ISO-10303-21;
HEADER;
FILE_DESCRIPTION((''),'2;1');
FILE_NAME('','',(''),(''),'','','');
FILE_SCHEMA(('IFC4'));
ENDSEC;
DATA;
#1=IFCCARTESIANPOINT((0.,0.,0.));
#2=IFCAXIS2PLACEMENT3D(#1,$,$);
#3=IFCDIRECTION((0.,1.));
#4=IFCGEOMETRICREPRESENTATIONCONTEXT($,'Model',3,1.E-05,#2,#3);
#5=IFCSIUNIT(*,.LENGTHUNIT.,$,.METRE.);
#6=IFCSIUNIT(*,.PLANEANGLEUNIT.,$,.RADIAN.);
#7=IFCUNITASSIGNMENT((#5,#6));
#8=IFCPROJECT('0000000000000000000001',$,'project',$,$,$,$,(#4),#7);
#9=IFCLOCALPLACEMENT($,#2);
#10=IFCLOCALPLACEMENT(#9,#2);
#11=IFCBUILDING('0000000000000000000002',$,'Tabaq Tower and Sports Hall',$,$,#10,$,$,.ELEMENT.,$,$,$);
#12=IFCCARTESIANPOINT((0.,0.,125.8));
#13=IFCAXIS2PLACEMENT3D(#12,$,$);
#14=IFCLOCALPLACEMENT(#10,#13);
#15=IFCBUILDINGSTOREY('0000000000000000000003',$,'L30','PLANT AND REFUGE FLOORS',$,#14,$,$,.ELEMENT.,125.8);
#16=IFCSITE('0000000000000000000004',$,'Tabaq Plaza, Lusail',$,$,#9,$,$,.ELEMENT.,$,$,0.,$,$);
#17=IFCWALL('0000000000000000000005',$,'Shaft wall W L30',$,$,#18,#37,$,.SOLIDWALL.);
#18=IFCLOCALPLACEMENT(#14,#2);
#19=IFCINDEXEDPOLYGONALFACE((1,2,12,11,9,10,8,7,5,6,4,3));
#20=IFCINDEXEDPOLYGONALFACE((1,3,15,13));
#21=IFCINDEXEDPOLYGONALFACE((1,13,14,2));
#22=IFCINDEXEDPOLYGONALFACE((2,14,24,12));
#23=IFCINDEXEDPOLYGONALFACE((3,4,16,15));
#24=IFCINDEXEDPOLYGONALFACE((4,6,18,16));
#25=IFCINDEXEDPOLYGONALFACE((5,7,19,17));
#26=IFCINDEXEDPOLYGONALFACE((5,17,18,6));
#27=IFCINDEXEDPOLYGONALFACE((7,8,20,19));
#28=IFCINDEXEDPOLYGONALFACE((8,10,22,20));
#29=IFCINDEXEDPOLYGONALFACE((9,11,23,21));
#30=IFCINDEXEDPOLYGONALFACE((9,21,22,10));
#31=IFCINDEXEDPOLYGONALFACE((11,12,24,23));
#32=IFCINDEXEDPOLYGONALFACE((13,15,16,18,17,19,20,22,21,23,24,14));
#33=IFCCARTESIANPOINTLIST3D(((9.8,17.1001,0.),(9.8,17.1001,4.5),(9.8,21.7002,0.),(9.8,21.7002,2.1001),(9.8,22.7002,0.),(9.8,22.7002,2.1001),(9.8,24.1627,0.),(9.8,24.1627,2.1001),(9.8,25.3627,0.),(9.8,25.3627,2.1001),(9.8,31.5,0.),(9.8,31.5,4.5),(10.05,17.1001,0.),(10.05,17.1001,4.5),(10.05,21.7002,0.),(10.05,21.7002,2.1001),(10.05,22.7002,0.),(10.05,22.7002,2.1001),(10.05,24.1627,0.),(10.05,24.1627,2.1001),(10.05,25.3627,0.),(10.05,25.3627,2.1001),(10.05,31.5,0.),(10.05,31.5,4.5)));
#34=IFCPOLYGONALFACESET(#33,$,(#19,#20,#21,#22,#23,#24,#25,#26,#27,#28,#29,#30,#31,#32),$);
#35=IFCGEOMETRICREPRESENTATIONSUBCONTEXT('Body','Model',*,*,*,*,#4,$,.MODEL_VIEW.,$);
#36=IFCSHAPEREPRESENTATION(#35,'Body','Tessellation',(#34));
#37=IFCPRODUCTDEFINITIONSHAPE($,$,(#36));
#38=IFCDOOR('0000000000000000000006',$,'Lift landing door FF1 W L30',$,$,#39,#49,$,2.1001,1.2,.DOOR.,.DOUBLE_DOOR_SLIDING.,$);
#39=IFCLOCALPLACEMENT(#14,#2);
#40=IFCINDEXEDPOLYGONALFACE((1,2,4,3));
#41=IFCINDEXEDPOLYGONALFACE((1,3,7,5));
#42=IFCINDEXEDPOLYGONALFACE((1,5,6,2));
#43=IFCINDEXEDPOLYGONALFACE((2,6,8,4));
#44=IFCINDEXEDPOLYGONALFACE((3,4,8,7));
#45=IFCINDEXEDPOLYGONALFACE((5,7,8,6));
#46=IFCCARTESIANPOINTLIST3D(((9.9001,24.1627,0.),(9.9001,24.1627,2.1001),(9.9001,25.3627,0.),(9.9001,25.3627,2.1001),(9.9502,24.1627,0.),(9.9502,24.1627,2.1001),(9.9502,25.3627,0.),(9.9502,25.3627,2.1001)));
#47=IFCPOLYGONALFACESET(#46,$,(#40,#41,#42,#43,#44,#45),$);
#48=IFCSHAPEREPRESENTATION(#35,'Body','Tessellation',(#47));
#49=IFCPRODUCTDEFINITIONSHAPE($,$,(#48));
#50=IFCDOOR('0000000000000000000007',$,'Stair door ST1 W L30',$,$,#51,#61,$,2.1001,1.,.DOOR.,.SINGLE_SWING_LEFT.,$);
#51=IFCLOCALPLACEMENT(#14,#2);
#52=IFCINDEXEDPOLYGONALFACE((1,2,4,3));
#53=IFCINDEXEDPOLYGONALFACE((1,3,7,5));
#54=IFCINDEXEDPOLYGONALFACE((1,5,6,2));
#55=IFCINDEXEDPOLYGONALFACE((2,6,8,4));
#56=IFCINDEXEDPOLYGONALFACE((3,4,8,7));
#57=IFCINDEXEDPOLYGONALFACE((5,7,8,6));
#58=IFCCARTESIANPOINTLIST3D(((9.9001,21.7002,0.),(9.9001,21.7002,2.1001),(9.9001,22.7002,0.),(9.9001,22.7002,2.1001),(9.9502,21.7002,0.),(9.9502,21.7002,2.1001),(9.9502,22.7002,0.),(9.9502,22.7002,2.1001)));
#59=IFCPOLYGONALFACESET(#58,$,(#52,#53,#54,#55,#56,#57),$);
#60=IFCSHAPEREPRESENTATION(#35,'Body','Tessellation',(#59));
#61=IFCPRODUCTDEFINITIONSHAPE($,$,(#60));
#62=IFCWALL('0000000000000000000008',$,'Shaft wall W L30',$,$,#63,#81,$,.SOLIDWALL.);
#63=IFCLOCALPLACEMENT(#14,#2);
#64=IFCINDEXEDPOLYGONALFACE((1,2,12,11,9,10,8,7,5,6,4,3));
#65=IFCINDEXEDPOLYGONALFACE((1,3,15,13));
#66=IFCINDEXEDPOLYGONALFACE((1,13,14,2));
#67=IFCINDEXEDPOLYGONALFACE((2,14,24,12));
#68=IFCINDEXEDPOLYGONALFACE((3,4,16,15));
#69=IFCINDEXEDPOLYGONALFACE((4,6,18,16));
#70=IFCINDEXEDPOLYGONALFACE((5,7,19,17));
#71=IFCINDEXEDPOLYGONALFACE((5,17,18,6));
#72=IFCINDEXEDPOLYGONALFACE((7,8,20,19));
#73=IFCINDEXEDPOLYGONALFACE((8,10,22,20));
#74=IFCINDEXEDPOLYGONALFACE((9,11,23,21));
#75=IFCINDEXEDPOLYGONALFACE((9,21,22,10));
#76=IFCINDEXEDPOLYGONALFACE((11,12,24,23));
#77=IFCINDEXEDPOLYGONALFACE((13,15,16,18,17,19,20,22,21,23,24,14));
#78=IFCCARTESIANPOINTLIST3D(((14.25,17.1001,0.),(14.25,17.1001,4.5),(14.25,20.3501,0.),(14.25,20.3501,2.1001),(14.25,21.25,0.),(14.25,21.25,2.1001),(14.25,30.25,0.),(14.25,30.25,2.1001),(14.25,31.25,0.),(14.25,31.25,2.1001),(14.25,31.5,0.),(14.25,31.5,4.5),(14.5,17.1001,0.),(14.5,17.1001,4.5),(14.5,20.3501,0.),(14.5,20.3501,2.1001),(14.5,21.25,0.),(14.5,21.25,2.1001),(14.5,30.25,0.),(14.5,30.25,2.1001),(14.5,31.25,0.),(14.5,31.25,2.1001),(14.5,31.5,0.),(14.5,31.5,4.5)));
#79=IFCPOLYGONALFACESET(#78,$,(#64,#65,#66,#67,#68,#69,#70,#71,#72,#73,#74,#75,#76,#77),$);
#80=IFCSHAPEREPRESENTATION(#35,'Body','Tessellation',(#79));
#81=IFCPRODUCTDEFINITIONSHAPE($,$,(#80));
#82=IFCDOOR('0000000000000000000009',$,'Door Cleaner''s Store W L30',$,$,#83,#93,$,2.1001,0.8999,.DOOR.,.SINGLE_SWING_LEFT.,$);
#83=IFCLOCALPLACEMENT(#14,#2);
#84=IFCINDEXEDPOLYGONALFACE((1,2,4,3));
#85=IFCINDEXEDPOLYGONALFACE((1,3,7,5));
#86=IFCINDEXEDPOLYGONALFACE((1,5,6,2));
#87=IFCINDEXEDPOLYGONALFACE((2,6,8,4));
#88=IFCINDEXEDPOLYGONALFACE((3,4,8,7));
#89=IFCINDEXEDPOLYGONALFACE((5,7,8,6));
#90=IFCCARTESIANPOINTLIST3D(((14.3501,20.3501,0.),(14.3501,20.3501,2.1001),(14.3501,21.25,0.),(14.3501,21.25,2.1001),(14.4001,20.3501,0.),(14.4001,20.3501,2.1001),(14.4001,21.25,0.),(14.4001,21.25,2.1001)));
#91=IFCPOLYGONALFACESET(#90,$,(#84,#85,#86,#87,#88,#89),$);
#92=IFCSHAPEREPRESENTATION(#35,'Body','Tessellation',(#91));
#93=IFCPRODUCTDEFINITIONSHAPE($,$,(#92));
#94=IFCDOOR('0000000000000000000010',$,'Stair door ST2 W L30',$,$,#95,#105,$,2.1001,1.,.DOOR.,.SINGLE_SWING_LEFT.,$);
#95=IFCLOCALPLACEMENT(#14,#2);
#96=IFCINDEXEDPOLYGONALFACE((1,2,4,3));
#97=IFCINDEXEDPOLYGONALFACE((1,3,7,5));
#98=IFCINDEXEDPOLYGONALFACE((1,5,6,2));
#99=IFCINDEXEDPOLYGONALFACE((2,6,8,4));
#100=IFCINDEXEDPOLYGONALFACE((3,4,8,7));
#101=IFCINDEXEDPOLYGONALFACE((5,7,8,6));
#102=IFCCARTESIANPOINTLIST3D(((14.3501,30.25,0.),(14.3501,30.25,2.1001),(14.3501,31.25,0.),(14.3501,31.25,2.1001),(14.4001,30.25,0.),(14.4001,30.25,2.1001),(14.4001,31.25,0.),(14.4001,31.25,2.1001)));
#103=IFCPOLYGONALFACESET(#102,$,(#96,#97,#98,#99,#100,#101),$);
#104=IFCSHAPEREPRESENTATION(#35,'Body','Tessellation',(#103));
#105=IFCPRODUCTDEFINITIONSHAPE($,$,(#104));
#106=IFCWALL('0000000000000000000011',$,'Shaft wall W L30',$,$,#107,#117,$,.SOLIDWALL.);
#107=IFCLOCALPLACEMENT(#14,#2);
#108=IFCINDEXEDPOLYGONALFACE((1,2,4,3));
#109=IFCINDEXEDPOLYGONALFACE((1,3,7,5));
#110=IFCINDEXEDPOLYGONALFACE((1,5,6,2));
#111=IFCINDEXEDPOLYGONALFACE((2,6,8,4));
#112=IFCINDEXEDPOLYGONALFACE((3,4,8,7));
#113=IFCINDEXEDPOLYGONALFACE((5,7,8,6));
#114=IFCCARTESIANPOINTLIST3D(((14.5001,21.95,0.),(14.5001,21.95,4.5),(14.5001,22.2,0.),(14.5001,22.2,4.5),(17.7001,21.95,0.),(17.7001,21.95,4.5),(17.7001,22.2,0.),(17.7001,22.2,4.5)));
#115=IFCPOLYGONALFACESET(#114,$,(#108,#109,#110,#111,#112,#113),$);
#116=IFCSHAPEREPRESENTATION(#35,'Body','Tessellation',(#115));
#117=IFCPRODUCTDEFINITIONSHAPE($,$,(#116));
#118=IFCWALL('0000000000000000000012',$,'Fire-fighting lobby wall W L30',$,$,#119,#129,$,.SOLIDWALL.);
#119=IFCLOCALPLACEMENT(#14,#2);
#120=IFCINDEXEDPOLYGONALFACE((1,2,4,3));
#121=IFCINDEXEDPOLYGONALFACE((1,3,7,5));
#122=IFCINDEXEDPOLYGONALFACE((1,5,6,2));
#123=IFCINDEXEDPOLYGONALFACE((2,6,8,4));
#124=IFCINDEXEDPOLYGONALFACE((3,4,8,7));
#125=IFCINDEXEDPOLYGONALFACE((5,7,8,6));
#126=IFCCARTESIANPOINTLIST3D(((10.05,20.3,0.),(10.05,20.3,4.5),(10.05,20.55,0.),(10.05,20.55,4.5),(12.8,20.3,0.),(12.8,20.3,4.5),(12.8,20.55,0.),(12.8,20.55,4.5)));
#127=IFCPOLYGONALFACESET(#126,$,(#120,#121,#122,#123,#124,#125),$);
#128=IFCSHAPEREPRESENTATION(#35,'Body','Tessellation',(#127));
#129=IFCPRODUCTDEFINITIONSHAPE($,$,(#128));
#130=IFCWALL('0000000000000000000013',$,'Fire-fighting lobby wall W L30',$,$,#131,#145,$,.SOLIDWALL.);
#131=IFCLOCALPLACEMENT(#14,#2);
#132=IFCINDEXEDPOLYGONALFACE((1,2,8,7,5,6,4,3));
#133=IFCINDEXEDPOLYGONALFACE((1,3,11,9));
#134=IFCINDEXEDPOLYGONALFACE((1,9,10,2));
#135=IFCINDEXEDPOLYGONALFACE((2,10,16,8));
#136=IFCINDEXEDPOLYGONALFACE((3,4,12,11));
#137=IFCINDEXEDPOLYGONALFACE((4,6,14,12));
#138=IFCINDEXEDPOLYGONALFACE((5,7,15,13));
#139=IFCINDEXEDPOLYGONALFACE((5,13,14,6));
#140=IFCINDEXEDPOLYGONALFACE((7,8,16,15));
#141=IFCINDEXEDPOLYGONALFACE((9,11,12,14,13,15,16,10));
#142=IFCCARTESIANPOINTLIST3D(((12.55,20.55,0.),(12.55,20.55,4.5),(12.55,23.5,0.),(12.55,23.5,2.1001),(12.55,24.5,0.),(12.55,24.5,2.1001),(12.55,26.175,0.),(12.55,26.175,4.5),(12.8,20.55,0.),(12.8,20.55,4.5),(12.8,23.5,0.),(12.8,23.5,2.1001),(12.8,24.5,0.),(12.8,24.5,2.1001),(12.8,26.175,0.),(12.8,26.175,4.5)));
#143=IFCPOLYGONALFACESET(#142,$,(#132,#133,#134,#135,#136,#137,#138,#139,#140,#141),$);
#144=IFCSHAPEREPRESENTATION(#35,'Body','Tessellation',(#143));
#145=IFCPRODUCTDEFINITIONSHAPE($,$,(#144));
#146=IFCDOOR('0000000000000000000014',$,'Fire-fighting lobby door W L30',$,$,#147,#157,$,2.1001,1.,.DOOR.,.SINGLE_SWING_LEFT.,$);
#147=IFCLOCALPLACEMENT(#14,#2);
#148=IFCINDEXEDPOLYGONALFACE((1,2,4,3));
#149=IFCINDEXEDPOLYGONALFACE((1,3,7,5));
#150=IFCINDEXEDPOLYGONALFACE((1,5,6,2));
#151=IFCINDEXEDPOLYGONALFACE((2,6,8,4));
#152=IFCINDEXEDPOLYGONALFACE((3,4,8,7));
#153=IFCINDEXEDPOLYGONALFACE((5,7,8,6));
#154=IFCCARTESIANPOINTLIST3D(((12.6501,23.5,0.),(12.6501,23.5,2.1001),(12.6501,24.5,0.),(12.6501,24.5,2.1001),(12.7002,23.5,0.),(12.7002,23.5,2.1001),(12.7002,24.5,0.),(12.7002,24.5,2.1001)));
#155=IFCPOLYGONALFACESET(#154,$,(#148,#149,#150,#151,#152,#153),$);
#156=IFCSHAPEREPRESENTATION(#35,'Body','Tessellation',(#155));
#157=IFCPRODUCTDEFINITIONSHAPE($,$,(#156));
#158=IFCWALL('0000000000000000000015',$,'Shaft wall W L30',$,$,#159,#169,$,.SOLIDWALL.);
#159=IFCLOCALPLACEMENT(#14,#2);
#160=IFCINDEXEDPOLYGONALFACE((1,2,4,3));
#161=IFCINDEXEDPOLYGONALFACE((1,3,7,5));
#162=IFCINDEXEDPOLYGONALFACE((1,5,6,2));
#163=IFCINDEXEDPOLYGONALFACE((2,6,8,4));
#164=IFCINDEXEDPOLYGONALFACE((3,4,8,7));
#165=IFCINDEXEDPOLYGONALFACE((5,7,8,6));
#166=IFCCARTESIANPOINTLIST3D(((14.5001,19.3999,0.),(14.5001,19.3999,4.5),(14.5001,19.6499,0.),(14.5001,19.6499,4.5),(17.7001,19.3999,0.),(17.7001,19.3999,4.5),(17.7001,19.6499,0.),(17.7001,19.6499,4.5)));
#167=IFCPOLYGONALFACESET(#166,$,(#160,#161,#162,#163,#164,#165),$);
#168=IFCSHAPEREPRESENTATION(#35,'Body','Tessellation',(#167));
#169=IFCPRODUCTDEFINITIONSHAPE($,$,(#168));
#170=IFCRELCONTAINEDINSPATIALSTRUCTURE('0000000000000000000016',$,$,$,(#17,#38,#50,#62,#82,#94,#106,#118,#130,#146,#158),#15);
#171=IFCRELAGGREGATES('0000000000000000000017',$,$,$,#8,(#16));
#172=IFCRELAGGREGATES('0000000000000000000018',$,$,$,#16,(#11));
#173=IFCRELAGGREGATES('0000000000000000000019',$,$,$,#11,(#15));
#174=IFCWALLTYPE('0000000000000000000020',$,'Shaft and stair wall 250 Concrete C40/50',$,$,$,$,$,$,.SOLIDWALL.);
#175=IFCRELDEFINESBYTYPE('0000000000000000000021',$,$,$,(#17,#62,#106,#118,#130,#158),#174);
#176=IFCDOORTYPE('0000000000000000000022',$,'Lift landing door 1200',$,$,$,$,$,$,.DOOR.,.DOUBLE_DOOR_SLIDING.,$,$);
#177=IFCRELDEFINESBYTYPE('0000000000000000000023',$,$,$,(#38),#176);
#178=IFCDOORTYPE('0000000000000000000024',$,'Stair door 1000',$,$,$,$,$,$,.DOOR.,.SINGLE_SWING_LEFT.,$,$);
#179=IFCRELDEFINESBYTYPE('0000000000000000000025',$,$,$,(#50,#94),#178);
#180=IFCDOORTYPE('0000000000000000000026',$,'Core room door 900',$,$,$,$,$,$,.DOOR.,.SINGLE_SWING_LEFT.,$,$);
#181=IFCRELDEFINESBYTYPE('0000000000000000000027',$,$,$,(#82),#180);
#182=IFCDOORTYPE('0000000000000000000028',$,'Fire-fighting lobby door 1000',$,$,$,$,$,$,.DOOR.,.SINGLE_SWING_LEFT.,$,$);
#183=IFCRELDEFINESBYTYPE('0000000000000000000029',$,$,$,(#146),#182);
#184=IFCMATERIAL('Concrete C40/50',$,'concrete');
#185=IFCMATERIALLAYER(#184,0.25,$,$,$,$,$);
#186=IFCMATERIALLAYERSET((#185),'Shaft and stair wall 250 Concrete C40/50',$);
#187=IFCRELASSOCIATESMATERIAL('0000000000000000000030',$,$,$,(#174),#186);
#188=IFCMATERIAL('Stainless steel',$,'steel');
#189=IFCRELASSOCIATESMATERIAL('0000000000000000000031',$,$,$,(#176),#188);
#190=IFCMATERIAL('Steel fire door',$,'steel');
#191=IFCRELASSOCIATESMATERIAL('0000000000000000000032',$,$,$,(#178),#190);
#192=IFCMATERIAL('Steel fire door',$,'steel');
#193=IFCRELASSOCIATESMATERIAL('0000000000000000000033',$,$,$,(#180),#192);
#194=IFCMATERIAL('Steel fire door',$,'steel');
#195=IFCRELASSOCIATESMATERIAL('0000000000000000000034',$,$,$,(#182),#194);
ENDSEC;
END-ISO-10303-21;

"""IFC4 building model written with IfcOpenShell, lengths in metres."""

from ifc_helpers import new_model, si_unit, direction, frame, frame_2d, origin, place, context, subcontext, project, spatial, rectangle, extrude, material, layer, layer_set, type_object, element, fill, save


model = new_model("IFC4")

# Units and contexts
model_context = context("Model", 3, precision=1e-05, world=origin(), true_north=direction((0.0, 1.0)))
body_context = subcontext(model_context, "Body", "Model", "MODEL_VIEW")
ifc_project = project(units=[si_unit("LENGTHUNIT", "METRE"), si_unit("PLANEANGLEUNIT", "RADIAN")], contexts=[model_context])

# Site, building, storey
site_placement = place(None, origin())
site = spatial("IfcSite", under=ifc_project, at=site_placement, Name="Tabaq Plaza, Lusail", CompositionType="ELEMENT", RefElevation=0.0)
building_placement = place(site_placement, origin())
building = spatial("IfcBuilding", under=site, at=building_placement, Name="Tabaq Tower and Sports Hall", CompositionType="ELEMENT")
storey_placement = place(building_placement, frame((0.0, 0.0, 125.8)))
storey = spatial("IfcBuildingStorey", under=building, at=storey_placement, Name="L30", Description="PLANT AND REFUGE FLOORS", CompositionType="ELEMENT", Elevation=125.8)

# Walls, openings, doors
ifc_material_1 = material(Name="Concrete C40/50", Category="concrete")
ifc_layer_1 = layer(ifc_material_1, 0.25)
ifc_layer_set_1 = layer_set([ifc_layer_1], Name="Shaft and stair wall 250 Concrete C40/50")
wall_type_1 = type_object("IfcWallType", Name="Shaft and stair wall 250 Concrete C40/50", PredefinedType="SOLIDWALL", material=ifc_layer_set_1)
wall_1_placement = place(storey_placement, frame((9.925, 17.1001, 0.0), z_axis=(0.0, 0.0, 1.0), x_axis=(0.0, 1.0, 0.0)))
wall_1 = element("IfcWall", 1, at=wall_1_placement, inside=storey, type_object=wall_type_1, Name="Shaft wall W L30", PredefinedType="SOLIDWALL", context=body_context, shape_type="SweptSolid", body=[
    extrude(rectangle(XDim=14.3999, YDim=0.25, at=frame_2d((7.2, 0.0))), origin(), (0.0, 0.0, 1.0), 4.5),
])
opening_1_placement = place(wall_1_placement, frame((4.6001, 0.0, 0.0)))
opening_1 = element("IfcOpeningElement", 2, at=opening_1_placement, cuts=wall_1, PredefinedType="OPENING", context=body_context, shape_type="SweptSolid", body=[
    extrude(rectangle(XDim=1.0, YDim=2.1001, at=frame_2d((0.5, 1.05))), frame((0.0, 0.125, 0.0), z_axis=(0.0, -1.0, 0.0), x_axis=(1.0, 0.0, 0.0)), (0.0, 0.0, 1.0), 0.25),
])
opening_2_placement = place(wall_1_placement, frame((7.0625, 0.0, 0.0)))
opening_2 = element("IfcOpeningElement", 3, at=opening_2_placement, cuts=wall_1, PredefinedType="OPENING", context=body_context, shape_type="SweptSolid", body=[
    extrude(rectangle(XDim=1.2, YDim=2.1001, at=frame_2d((0.6001, 1.05))), frame((0.0, 0.125, 0.0), z_axis=(0.0, -1.0, 0.0), x_axis=(1.0, 0.0, 0.0)), (0.0, 0.0, 1.0), 0.25),
])
ifc_material_2 = material(Name="Stainless steel", Category="steel")
door_type_1 = type_object("IfcDoorType", Name="Lift landing door 1200", OperationType="DOUBLE_DOOR_SLIDING", PredefinedType="DOOR", material=ifc_material_2)
door_1_placement = place(opening_2_placement, origin())
door_1 = element("IfcDoor", 4, at=door_1_placement, inside=storey, type_object=door_type_1, Name="Lift landing door FF1 W L30", OperationType="DOUBLE_DOOR_SLIDING", OverallHeight=2.1001, OverallWidth=1.2, PredefinedType="DOOR", context=body_context, shape_type="SweptSolid", body=[
    extrude(rectangle(XDim=1.2, YDim=2.1001, at=frame_2d((0.6001, 1.05))), frame((0.0, 0.0249, 0.0), z_axis=(0.0, -1.0, 0.0), x_axis=(1.0, 0.0, 0.0)), (0.0, 0.0, 1.0), 0.05),
])
fill(opening_2, door_1)
ifc_material_3 = material(Name="Steel fire door", Category="steel")
door_type_2 = type_object("IfcDoorType", Name="Stair door 1000", OperationType="SINGLE_SWING_LEFT", PredefinedType="DOOR", material=ifc_material_3)
door_2_placement = place(opening_1_placement, origin())
door_2 = element("IfcDoor", 5, at=door_2_placement, inside=storey, type_object=door_type_2, Name="Stair door ST1 W L30", OperationType="SINGLE_SWING_LEFT", OverallHeight=2.1001, OverallWidth=1.0, PredefinedType="DOOR", context=body_context, shape_type="SweptSolid", body=[
    extrude(rectangle(XDim=1.0, YDim=2.1001, at=frame_2d((0.5, 1.05))), frame((0.0, 0.0249, 0.0), z_axis=(0.0, -1.0, 0.0), x_axis=(1.0, 0.0, 0.0)), (0.0, 0.0, 1.0), 0.05),
])
fill(opening_1, door_2)
wall_2_placement = place(storey_placement, frame((14.375, 17.1001, 0.0), z_axis=(0.0, 0.0, 1.0), x_axis=(0.0, 1.0, 0.0)))
wall_2 = element("IfcWall", 6, at=wall_2_placement, inside=storey, type_object=wall_type_1, Name="Shaft wall W L30", PredefinedType="SOLIDWALL", context=body_context, shape_type="SweptSolid", body=[
    extrude(rectangle(XDim=14.3999, YDim=0.25, at=frame_2d((7.2, 0.0))), origin(), (0.0, 0.0, 1.0), 4.5),
])
opening_3_placement = place(wall_2_placement, frame((13.1499, 0.0, 0.0)))
opening_3 = element("IfcOpeningElement", 7, at=opening_3_placement, cuts=wall_2, PredefinedType="OPENING", context=body_context, shape_type="SweptSolid", body=[
    extrude(rectangle(XDim=1.0, YDim=2.1001, at=frame_2d((0.5, 1.05))), frame((0.0, 0.125, 0.0), z_axis=(0.0, -1.0, 0.0), x_axis=(1.0, 0.0, 0.0)), (0.0, 0.0, 1.0), 0.25),
])
opening_4_placement = place(wall_2_placement, frame((3.25, 0.0, 0.0)))
opening_4 = element("IfcOpeningElement", 8, at=opening_4_placement, cuts=wall_2, PredefinedType="OPENING", context=body_context, shape_type="SweptSolid", body=[
    extrude(rectangle(XDim=0.8999, YDim=2.1001, at=frame_2d((0.45, 1.05))), frame((0.0, 0.125, 0.0), z_axis=(0.0, -1.0, 0.0), x_axis=(1.0, 0.0, 0.0)), (0.0, 0.0, 1.0), 0.25),
])
ifc_material_4 = material(Name="Steel fire door", Category="steel")
door_type_3 = type_object("IfcDoorType", Name="Core room door 900", OperationType="SINGLE_SWING_LEFT", PredefinedType="DOOR", material=ifc_material_4)
door_3_placement = place(opening_4_placement, origin())
door_3 = element("IfcDoor", 9, at=door_3_placement, inside=storey, type_object=door_type_3, Name="Door Cleaner's Store W L30", OperationType="SINGLE_SWING_LEFT", OverallHeight=2.1001, OverallWidth=0.8999, PredefinedType="DOOR", context=body_context, shape_type="SweptSolid", body=[
    extrude(rectangle(XDim=0.8999, YDim=2.1001, at=frame_2d((0.45, 1.05))), frame((0.0, 0.0249, 0.0), z_axis=(0.0, -1.0, 0.0), x_axis=(1.0, 0.0, 0.0)), (0.0, 0.0, 1.0), 0.05),
])
fill(opening_4, door_3)
door_4_placement = place(opening_3_placement, origin())
door_4 = element("IfcDoor", 10, at=door_4_placement, inside=storey, type_object=door_type_2, Name="Stair door ST2 W L30", OperationType="SINGLE_SWING_LEFT", OverallHeight=2.1001, OverallWidth=1.0, PredefinedType="DOOR", context=body_context, shape_type="SweptSolid", body=[
    extrude(rectangle(XDim=1.0, YDim=2.1001, at=frame_2d((0.5, 1.05))), frame((0.0, 0.0249, 0.0), z_axis=(0.0, -1.0, 0.0), x_axis=(1.0, 0.0, 0.0)), (0.0, 0.0, 1.0), 0.05),
])
fill(opening_3, door_4)

# Walls
wall_3_placement = place(storey_placement, frame((14.5, 22.075, 0.0), z_axis=(0.0, 0.0, 1.0), x_axis=(1.0, 0.0, 0.0)))
element("IfcWall", 11, at=wall_3_placement, inside=storey, type_object=wall_type_1, Name="Shaft wall W L30", PredefinedType="SOLIDWALL", context=body_context, shape_type="SweptSolid", body=[
    extrude(rectangle(XDim=3.2, YDim=0.25, at=frame_2d((1.6001, 0.0))), origin(), (0.0, 0.0, 1.0), 4.5),
])
wall_4_placement = place(storey_placement, frame((10.05, 20.425, 0.0), z_axis=(0.0, 0.0, 1.0), x_axis=(1.0, 0.0, 0.0)))
element("IfcWall", 12, at=wall_4_placement, inside=storey, type_object=wall_type_1, Name="Fire-fighting lobby wall W L30", PredefinedType="SOLIDWALL", context=body_context, shape_type="SweptSolid", body=[
    extrude(rectangle(XDim=2.75, YDim=0.25, at=frame_2d((1.375, 0.0))), origin(), (0.0, 0.0, 1.0), 4.5),
])

# Wall, opening, door
wall_5_placement = place(storey_placement, frame((12.675, 20.55, 0.0), z_axis=(0.0, 0.0, 1.0), x_axis=(0.0, 1.0, 0.0)))
wall_5 = element("IfcWall", 13, at=wall_5_placement, inside=storey, type_object=wall_type_1, Name="Fire-fighting lobby wall W L30", PredefinedType="SOLIDWALL", context=body_context, shape_type="SweptSolid", body=[
    extrude(rectangle(XDim=5.625, YDim=0.25, at=frame_2d((2.8125, 0.0))), origin(), (0.0, 0.0, 1.0), 4.5),
])
opening_5_placement = place(wall_5_placement, frame((2.95, 0.0, 0.0)))
opening_5 = element("IfcOpeningElement", 14, at=opening_5_placement, cuts=wall_5, PredefinedType="OPENING", context=body_context, shape_type="SweptSolid", body=[
    extrude(rectangle(XDim=1.0, YDim=2.1001, at=frame_2d((0.5, 1.05))), frame((0.0, 0.125, 0.0), z_axis=(0.0, -1.0, 0.0), x_axis=(1.0, 0.0, 0.0)), (0.0, 0.0, 1.0), 0.25),
])
ifc_material_5 = material(Name="Steel fire door", Category="steel")
door_type_4 = type_object("IfcDoorType", Name="Fire-fighting lobby door 1000", OperationType="SINGLE_SWING_LEFT", PredefinedType="DOOR", material=ifc_material_5)
door_5_placement = place(opening_5_placement, origin())
door_5 = element("IfcDoor", 15, at=door_5_placement, inside=storey, type_object=door_type_4, Name="Fire-fighting lobby door W L30", OperationType="SINGLE_SWING_LEFT", OverallHeight=2.1001, OverallWidth=1.0, PredefinedType="DOOR", context=body_context, shape_type="SweptSolid", body=[
    extrude(rectangle(XDim=1.0, YDim=2.1001, at=frame_2d((0.5, 1.05))), frame((0.0, 0.0249, 0.0), z_axis=(0.0, -1.0, 0.0), x_axis=(1.0, 0.0, 0.0)), (0.0, 0.0, 1.0), 0.05),
])
fill(opening_5, door_5)

# Wall
wall_6_placement = place(storey_placement, frame((14.5, 19.5249, 0.0), z_axis=(0.0, 0.0, 1.0), x_axis=(1.0, 0.0, 0.0)))
element("IfcWall", 16, at=wall_6_placement, inside=storey, type_object=wall_type_1, Name="Shaft wall W L30", PredefinedType="SOLIDWALL", context=body_context, shape_type="SweptSolid", body=[
    extrude(rectangle(XDim=3.2, YDim=0.25, at=frame_2d((1.6001, 0.0))), origin(), (0.0, 0.0, 1.0), 4.5),
])

save(model, "model.ifc")
